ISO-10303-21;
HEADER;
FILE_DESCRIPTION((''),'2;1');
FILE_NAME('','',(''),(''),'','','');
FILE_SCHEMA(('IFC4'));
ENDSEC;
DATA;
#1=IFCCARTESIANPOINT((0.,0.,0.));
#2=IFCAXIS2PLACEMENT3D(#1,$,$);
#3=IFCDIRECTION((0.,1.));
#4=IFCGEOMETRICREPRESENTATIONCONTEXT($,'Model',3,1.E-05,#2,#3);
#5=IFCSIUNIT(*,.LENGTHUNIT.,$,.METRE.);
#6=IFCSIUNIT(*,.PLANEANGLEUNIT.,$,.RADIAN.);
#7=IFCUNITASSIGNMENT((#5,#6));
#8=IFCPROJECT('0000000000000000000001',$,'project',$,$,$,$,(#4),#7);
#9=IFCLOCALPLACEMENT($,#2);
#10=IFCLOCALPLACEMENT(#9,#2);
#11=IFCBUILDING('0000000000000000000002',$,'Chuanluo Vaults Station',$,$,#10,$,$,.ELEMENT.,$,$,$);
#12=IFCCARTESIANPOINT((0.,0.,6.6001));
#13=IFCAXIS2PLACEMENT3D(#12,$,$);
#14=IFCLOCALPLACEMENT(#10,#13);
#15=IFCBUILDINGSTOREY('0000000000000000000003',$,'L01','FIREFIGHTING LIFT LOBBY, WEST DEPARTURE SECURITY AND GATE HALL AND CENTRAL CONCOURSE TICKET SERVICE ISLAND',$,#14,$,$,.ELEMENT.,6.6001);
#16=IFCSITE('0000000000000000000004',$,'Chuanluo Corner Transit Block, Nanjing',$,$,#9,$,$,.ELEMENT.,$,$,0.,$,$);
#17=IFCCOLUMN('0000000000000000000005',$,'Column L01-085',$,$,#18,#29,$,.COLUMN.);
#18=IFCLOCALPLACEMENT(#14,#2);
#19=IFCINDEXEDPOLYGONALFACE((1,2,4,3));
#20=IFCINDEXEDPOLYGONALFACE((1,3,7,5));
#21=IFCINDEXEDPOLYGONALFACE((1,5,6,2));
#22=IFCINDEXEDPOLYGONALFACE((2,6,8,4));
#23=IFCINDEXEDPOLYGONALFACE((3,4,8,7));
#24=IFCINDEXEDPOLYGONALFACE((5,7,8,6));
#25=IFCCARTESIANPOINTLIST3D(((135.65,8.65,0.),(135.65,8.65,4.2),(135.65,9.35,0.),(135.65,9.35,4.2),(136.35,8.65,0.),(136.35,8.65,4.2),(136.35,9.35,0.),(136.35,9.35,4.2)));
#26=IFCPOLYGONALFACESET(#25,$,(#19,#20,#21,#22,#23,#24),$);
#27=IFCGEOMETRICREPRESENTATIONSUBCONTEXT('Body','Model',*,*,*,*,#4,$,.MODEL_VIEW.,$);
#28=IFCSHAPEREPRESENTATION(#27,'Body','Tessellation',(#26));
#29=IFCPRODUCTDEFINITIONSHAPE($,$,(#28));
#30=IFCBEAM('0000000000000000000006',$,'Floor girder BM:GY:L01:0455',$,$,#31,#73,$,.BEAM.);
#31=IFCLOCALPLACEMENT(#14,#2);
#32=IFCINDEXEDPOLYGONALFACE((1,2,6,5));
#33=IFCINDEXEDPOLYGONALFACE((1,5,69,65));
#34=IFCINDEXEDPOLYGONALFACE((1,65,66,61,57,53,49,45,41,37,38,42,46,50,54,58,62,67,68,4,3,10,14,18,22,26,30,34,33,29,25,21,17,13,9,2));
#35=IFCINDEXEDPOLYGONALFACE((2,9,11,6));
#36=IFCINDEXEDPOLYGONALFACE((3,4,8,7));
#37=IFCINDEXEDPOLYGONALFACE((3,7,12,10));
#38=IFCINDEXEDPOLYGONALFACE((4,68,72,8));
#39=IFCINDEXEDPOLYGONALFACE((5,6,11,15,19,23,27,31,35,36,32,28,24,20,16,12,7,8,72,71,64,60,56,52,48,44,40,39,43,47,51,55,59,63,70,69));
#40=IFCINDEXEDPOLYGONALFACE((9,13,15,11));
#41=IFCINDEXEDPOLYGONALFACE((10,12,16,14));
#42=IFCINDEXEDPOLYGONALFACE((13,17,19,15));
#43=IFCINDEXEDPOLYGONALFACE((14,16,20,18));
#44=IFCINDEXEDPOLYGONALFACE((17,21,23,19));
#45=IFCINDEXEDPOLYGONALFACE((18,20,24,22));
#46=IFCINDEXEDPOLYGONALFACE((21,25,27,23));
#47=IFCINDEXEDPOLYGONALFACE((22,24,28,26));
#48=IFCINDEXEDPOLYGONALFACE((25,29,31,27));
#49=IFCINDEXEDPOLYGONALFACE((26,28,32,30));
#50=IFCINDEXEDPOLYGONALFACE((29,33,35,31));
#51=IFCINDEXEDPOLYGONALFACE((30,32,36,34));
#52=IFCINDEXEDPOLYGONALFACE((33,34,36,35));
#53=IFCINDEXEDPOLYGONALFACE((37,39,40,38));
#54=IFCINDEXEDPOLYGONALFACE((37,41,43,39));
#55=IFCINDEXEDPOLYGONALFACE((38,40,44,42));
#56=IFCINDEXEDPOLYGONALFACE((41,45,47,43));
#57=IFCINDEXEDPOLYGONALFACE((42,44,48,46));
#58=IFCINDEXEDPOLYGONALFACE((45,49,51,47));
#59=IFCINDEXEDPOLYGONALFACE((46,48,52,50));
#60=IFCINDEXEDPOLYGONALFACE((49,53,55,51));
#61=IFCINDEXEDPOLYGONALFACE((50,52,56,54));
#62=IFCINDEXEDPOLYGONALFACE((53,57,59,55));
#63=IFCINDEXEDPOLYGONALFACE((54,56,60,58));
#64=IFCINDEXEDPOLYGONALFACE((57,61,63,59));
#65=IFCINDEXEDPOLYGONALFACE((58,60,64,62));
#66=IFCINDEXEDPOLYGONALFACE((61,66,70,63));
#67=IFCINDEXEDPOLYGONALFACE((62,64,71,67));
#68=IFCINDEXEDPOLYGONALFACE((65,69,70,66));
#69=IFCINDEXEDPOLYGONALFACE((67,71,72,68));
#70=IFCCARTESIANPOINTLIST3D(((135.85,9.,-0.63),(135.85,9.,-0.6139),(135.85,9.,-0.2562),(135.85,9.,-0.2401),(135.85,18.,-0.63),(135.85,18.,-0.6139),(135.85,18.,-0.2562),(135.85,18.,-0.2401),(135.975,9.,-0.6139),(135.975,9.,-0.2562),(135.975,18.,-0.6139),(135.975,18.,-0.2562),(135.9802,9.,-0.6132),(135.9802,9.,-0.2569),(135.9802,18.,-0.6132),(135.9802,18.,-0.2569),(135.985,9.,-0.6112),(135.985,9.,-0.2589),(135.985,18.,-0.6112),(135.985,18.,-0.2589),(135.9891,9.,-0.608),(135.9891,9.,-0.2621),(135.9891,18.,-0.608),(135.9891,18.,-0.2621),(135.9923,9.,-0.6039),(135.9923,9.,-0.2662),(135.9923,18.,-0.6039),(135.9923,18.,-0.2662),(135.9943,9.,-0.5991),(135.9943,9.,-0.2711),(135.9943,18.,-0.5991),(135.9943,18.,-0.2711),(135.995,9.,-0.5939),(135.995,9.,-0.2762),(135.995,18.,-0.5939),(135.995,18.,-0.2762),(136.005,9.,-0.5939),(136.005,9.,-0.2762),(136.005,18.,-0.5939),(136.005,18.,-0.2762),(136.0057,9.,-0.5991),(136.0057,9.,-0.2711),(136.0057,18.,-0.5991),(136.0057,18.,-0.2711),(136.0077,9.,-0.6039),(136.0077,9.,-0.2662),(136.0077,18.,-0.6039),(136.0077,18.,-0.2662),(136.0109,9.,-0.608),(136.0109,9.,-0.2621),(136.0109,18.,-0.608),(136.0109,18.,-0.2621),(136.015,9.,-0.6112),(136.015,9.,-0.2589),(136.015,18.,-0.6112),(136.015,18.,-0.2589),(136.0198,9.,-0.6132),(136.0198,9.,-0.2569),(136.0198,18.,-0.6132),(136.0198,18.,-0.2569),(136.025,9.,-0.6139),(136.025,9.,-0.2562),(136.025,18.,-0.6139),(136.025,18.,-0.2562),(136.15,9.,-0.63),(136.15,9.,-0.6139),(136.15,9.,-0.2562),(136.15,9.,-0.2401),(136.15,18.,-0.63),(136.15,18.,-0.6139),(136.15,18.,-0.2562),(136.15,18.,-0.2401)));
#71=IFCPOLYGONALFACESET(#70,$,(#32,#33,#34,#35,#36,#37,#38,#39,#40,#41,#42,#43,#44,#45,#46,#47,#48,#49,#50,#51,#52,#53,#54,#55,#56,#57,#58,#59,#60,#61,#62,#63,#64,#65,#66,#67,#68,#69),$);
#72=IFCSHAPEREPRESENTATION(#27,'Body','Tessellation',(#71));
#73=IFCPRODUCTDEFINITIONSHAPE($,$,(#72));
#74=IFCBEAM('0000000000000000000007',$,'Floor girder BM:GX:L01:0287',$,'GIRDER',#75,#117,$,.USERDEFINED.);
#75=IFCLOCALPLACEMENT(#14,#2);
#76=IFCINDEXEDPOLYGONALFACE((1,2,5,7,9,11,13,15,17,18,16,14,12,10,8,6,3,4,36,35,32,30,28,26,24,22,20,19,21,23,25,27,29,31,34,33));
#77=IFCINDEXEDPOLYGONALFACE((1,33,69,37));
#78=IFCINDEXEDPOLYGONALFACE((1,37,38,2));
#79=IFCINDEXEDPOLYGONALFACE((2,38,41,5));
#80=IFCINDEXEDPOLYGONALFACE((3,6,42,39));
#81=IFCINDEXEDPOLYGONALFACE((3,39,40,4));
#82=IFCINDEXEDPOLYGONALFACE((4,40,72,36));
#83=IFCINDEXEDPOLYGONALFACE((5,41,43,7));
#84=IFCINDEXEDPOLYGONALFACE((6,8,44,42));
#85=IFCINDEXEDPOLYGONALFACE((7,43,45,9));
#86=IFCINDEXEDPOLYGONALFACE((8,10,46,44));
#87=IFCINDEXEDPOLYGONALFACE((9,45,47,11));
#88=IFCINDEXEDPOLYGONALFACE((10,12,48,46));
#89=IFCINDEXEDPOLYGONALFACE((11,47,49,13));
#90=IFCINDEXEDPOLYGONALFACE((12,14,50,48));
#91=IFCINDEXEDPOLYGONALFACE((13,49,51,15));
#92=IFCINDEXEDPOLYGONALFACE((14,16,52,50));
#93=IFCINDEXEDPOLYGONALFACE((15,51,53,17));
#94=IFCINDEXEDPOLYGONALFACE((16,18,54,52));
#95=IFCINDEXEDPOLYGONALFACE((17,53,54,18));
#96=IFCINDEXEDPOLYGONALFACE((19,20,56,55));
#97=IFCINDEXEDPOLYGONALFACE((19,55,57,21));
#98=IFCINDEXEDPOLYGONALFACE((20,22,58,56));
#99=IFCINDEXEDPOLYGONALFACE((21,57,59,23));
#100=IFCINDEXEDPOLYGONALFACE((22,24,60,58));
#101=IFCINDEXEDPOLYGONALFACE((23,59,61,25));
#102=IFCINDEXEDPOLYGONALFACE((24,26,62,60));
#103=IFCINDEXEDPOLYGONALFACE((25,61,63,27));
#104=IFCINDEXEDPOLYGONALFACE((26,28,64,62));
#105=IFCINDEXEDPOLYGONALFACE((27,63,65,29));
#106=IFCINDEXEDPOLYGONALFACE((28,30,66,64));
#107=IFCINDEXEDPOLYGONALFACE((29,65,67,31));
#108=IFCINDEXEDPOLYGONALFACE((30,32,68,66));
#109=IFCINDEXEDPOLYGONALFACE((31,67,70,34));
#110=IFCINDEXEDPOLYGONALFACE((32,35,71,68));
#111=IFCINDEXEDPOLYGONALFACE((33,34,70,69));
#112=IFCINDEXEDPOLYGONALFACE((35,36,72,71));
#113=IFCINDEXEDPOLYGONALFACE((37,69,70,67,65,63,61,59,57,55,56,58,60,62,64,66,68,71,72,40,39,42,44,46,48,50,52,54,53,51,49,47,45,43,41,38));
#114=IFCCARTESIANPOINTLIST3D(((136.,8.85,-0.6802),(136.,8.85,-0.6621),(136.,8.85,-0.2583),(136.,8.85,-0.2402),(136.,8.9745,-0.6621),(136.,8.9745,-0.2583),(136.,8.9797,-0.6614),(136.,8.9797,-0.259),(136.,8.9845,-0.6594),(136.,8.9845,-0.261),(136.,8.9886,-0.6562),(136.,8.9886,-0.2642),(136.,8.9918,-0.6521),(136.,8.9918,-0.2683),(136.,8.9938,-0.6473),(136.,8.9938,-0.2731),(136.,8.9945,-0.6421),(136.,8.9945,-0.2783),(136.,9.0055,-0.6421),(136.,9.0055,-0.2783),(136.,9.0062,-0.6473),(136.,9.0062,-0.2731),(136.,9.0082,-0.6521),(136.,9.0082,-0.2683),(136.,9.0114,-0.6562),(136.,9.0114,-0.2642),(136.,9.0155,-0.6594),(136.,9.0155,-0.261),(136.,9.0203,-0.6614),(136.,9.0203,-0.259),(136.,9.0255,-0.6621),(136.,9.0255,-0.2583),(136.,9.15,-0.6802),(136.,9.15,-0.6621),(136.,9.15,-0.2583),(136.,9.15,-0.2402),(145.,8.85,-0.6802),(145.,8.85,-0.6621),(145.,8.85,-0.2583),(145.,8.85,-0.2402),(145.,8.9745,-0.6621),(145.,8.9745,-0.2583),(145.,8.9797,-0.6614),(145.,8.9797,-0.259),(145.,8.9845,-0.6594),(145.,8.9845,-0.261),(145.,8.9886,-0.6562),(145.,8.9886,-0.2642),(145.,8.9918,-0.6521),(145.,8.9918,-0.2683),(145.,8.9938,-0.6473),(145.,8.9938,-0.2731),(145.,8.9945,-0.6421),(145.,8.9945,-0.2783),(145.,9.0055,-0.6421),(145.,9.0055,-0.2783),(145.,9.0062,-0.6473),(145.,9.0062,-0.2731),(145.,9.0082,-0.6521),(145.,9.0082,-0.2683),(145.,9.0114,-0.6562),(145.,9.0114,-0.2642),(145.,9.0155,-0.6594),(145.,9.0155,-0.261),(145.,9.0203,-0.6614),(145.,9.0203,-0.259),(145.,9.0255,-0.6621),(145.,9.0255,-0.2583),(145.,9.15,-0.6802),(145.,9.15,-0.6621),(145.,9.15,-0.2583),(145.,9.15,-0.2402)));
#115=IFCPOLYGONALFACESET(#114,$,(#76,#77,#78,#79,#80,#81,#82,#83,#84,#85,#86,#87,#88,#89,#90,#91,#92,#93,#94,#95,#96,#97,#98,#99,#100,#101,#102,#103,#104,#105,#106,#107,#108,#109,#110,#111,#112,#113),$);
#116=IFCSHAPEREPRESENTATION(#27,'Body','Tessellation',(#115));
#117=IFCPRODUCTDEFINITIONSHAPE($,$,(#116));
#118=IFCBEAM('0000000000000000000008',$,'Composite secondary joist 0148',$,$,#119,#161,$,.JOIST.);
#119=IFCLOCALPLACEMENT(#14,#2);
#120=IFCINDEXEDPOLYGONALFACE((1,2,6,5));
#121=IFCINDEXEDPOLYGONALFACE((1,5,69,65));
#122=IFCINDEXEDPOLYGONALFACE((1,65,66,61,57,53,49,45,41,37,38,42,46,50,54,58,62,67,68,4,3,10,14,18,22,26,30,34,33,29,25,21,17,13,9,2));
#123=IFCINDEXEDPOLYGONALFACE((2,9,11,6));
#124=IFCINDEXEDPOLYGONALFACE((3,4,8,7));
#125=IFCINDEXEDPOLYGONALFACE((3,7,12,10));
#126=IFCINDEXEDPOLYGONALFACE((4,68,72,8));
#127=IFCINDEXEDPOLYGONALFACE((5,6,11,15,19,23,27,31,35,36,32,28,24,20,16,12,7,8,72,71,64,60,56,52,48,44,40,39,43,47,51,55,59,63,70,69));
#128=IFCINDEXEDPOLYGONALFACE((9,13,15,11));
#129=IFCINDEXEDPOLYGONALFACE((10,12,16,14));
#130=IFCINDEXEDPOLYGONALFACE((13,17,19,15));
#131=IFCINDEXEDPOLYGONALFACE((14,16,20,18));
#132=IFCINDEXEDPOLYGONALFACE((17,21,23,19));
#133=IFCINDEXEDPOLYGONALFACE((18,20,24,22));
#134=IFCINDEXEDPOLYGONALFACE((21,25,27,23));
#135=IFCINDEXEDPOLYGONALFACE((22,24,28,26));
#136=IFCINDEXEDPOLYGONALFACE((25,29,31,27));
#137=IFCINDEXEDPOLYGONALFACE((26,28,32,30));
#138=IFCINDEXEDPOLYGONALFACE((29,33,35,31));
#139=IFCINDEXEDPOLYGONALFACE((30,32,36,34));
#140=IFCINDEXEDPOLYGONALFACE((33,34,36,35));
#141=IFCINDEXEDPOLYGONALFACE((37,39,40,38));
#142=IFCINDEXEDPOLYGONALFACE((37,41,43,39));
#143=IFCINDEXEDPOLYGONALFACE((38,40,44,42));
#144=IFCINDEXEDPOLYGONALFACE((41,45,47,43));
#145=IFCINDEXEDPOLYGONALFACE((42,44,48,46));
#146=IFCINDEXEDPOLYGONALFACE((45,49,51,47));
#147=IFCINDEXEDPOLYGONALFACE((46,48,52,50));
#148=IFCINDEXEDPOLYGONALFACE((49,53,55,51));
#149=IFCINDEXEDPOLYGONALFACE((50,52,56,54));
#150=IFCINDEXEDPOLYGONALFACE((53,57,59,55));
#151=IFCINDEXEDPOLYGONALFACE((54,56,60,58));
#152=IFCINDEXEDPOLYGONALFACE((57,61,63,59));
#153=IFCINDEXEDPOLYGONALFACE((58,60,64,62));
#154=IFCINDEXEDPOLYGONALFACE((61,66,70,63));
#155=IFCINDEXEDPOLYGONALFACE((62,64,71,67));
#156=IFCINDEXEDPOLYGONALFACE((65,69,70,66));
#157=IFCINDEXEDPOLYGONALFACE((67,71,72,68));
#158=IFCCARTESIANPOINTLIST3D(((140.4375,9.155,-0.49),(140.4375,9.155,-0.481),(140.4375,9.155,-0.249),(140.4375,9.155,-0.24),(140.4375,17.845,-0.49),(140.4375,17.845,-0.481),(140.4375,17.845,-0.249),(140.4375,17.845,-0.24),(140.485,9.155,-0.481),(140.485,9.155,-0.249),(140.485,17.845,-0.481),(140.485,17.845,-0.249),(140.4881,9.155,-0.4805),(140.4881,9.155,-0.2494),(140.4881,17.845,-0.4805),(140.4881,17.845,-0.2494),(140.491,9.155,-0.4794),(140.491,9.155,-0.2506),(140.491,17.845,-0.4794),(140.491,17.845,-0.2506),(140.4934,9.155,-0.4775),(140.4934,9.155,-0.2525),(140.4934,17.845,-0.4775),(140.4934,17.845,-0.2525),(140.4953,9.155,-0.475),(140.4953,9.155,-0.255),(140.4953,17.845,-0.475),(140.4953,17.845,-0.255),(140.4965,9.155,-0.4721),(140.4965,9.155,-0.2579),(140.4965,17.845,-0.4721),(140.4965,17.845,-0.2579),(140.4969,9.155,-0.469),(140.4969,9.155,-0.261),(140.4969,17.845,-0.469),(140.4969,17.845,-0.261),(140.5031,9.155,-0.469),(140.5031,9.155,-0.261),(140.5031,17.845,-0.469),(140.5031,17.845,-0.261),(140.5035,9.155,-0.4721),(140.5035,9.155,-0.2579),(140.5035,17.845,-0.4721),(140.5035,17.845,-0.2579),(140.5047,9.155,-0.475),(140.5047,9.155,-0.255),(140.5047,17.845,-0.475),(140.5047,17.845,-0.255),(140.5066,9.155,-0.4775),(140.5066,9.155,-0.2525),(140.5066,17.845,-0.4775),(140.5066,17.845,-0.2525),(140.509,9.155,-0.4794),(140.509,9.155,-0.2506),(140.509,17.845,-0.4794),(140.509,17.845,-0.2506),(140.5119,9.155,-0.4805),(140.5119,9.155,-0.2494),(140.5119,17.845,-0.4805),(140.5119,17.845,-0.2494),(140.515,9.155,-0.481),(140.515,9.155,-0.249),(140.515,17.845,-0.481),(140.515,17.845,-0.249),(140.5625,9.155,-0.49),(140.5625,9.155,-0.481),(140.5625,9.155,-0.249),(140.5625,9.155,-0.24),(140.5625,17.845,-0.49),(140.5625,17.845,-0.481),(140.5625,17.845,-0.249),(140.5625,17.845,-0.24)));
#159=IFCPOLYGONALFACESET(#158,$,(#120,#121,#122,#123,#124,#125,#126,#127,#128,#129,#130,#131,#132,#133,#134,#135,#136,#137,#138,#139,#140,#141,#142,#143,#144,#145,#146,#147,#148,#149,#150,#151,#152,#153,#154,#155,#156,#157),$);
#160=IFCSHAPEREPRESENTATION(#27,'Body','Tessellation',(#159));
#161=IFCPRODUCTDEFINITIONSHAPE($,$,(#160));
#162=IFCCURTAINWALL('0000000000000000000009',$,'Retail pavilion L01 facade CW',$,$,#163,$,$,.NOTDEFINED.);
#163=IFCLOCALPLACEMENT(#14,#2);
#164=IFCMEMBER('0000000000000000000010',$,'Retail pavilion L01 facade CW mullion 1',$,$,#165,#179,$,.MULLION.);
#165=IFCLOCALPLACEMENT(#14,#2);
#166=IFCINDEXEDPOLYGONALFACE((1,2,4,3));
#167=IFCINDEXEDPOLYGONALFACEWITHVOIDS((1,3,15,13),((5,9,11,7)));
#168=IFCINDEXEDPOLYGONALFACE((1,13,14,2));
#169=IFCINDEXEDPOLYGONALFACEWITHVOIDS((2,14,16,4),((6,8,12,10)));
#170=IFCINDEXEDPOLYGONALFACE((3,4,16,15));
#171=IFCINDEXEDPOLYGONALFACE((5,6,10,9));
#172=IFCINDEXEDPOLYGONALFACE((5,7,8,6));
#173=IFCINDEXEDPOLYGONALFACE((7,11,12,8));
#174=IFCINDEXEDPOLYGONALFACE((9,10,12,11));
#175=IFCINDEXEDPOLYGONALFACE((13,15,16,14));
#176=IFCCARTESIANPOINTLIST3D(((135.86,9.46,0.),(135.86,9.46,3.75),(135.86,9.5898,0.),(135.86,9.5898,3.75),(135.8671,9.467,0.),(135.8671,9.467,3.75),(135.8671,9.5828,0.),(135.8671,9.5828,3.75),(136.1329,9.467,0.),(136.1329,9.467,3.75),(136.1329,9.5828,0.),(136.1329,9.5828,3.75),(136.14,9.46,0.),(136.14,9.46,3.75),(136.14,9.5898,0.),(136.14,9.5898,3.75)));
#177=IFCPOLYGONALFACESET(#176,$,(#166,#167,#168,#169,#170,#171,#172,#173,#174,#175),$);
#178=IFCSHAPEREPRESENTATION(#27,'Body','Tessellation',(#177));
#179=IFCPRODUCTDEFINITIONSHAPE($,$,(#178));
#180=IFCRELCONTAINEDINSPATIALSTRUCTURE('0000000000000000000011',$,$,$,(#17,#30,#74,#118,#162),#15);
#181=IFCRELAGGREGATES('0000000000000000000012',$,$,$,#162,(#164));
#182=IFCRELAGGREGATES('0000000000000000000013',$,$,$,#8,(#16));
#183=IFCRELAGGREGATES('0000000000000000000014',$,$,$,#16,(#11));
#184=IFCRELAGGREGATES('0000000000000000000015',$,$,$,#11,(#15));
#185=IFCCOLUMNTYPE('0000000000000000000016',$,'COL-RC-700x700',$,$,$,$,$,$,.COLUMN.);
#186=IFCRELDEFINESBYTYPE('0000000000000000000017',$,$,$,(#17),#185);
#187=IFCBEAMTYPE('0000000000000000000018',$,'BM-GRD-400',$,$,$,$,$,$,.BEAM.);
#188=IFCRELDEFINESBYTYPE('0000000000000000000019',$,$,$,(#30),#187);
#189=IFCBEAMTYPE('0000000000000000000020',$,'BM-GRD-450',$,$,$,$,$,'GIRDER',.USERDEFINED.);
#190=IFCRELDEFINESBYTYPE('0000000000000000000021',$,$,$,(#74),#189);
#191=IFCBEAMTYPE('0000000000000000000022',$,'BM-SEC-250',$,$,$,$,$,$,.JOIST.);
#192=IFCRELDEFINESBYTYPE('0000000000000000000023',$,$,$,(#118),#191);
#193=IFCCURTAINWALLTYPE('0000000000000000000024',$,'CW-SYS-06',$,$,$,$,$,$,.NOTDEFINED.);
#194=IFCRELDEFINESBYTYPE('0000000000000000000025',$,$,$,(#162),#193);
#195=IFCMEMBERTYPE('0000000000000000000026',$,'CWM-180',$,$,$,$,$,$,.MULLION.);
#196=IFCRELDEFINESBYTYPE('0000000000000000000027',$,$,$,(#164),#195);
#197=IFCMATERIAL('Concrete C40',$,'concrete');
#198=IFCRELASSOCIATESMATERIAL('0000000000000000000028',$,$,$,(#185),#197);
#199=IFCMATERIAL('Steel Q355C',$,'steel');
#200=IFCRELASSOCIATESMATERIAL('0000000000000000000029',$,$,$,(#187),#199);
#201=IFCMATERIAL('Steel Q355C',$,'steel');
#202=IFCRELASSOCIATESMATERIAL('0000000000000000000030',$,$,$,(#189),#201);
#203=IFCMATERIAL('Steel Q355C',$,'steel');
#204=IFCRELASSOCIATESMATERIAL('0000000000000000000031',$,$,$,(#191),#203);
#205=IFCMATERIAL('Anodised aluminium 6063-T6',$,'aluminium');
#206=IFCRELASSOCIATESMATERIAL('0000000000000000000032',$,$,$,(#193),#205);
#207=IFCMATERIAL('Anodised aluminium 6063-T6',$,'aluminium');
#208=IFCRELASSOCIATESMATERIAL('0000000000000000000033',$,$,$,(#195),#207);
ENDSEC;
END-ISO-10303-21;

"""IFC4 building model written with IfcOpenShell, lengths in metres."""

from ifc_helpers import new_model, si_unit, direction, frame, origin, origin_2d, place, context, subcontext, project, spatial, rectangle, hollow_rectangle, i_section, extrude, material, material_profile, profile_set, type_object, element, aggregate, save


model = new_model("IFC4")

# Units and contexts
model_context = context("Model", 3, precision=1e-05, world=origin(), true_north=direction((0.0, 1.0)))
body_context = subcontext(model_context, "Body", "Model", "MODEL_VIEW")
ifc_project = project(units=[si_unit("LENGTHUNIT", "METRE"), si_unit("PLANEANGLEUNIT", "RADIAN")], contexts=[model_context])

# Site, building, storey
site_placement = place(None, origin())
site = spatial("IfcSite", under=ifc_project, at=site_placement, Name="Chuanluo Corner Transit Block, Nanjing", CompositionType="ELEMENT", RefElevation=0.0)
building_placement = place(site_placement, origin())
building = spatial("IfcBuilding", under=site, at=building_placement, Name="Chuanluo Vaults Station", CompositionType="ELEMENT")
storey_placement = place(building_placement, frame((0.0, 0.0, 6.6001)))
storey = spatial("IfcBuildingStorey", under=building, at=storey_placement, Name="L01", Description="FIREFIGHTING LIFT LOBBY, WEST DEPARTURE SECURITY AND GATE HALL AND CENTRAL CONCOURSE TICKET SERVICE ISLAND", CompositionType="ELEMENT", Elevation=6.6001)

# Column
ifc_material_1 = material(Name="Concrete C40", Category="concrete")
ifc_material_profile_1 = material_profile(ifc_material_1, rectangle(XDim=0.7, YDim=0.7, at=origin_2d()))
ifc_profile_set_1 = profile_set([ifc_material_profile_1], Name="Concrete C40")
column_type = type_object("IfcColumnType", Name="COL-RC-700x700", PredefinedType="COLUMN", material=ifc_profile_set_1)
column_placement = place(storey_placement, frame((136.0, 9.0, 0.0), z_axis=(0.0, 0.0, 1.0), x_axis=(1.0, 0.0, 0.0)))
element("IfcColumn", 1, at=column_placement, inside=storey, type_object=column_type, Name="Column L01-085", PredefinedType="COLUMN", context=body_context, shape_type="SweptSolid", body=[
    extrude(rectangle(XDim=0.7, YDim=0.7, at=origin_2d()), origin(), (0.0, 0.0, 1.0), 4.2),
])

# Beams
ifc_material_2 = material(Name="Steel Q355C", Category="steel")
ifc_material_profile_2 = material_profile(ifc_material_2, i_section(OverallWidth=0.3, OverallDepth=0.3899, WebThickness=0.01, FlangeThickness=0.0161, FilletRadius=0.02, at=origin_2d()))
ifc_profile_set_2 = profile_set([ifc_material_profile_2], Name="Steel Q355C")
beam_type_1 = type_object("IfcBeamType", Name="BM-GRD-400", PredefinedType="BEAM", material=ifc_profile_set_2)
beam_1_placement = place(storey_placement, frame((136.0, 9.0, -0.4351), z_axis=(0.0, 1.0, 0.0), x_axis=(-1.0, 0.0, 0.0)))
element("IfcBeam", 2, at=beam_1_placement, inside=storey, type_object=beam_type_1, Name="Floor girder BM:GY:L01:0455", PredefinedType="BEAM", context=body_context, shape_type="SweptSolid", body=[
    extrude(i_section(OverallWidth=0.3, OverallDepth=0.3899, WebThickness=0.01, FlangeThickness=0.0161, FilletRadius=0.02, at=origin_2d()), origin(), (0.0, 0.0, 1.0), 9.0),
])
ifc_material_3 = material(Name="Steel Q355C", Category="steel")
ifc_material_profile_3 = material_profile(ifc_material_3, i_section(OverallWidth=0.3, OverallDepth=0.4399, WebThickness=0.011, FlangeThickness=0.0181, FilletRadius=0.02, at=origin_2d()))
ifc_profile_set_3 = profile_set([ifc_material_profile_3], Name="Steel Q355C")
beam_type_2 = type_object("IfcBeamType", Name="BM-GRD-450", ElementType="GIRDER", PredefinedType="USERDEFINED", material=ifc_profile_set_3)
beam_2_placement = place(storey_placement, frame((136.0, 9.0, -0.4602), z_axis=(1.0, 0.0, 0.0), x_axis=(0.0, 1.0, 0.0)))
element("IfcBeam", 3, at=beam_2_placement, inside=storey, type_object=beam_type_2, Name="Floor girder BM:GX:L01:0287", ObjectType="GIRDER", PredefinedType="USERDEFINED", context=body_context, shape_type="SweptSolid", body=[
    extrude(i_section(OverallWidth=0.3, OverallDepth=0.4399, WebThickness=0.011, FlangeThickness=0.0181, FilletRadius=0.02, at=origin_2d()), origin(), (0.0, 0.0, 1.0), 9.0),
])
ifc_material_4 = material(Name="Steel Q355C", Category="steel")
ifc_material_profile_4 = material_profile(ifc_material_4, i_section(OverallWidth=0.125, OverallDepth=0.25, WebThickness=0.0061, FlangeThickness=0.009, FilletRadius=0.012, at=origin_2d()))
ifc_profile_set_4 = profile_set([ifc_material_profile_4], Name="Steel Q355C")
beam_type_3 = type_object("IfcBeamType", Name="BM-SEC-250", PredefinedType="JOIST", material=ifc_profile_set_4)
beam_3_placement = place(storey_placement, frame((140.5, 9.155, -0.365), z_axis=(0.0, 1.0, 0.0), x_axis=(-1.0, 0.0, 0.0)))
element("IfcBeam", 4, at=beam_3_placement, inside=storey, type_object=beam_type_3, Name="Composite secondary joist 0148", PredefinedType="JOIST", context=body_context, shape_type="SweptSolid", body=[
    extrude(i_section(OverallWidth=0.125, OverallDepth=0.25, WebThickness=0.0061, FlangeThickness=0.009, FilletRadius=0.012, at=origin_2d()), origin(), (0.0, 0.0, 1.0), 8.6899),
])

# Curtain wall, member
ifc_material_5 = material(Name="Anodised aluminium 6063-T6", Category="aluminium")
curtain_wall_type_1 = type_object("IfcCurtainWallType", Name="CW-SYS-06", PredefinedType="NOTDEFINED", material=ifc_material_5)
curtain_wall_1_placement = place(storey_placement, origin())
curtain_wall_1 = element("IfcCurtainWall", 5, at=curtain_wall_1_placement, inside=storey, type_object=curtain_wall_type_1, Name="Retail pavilion L01 facade CW", PredefinedType="NOTDEFINED")
ifc_material_6 = material(Name="Anodised aluminium 6063-T6", Category="aluminium")
ifc_material_profile_5 = material_profile(ifc_material_6, hollow_rectangle(XDim=0.1299, YDim=0.28, WallThickness=0.0071, at=origin_2d()))
ifc_profile_set_5 = profile_set([ifc_material_profile_5], Name="Anodised aluminium 6063-T6")
member_type_1 = type_object("IfcMemberType", Name="CWM-180", PredefinedType="MULLION", material=ifc_profile_set_5)
member_1_placement = place(storey_placement, frame((136.0, 9.5249, 0.0), z_axis=(0.0, 0.0, 1.0), x_axis=(0.0, 1.0, 0.0)))
member_1 = element("IfcMember", 6, at=member_1_placement, type_object=member_type_1, Name="Retail pavilion L01 facade CW mullion 1", PredefinedType="MULLION", context=body_context, shape_type="SweptSolid", body=[
    extrude(hollow_rectangle(XDim=0.1299, YDim=0.28, WallThickness=0.0071, at=origin_2d()), origin(), (0.0, 0.0, 1.0), 3.75),
])

aggregate(curtain_wall_1, [member_1])

save(model, "model.ifc")
